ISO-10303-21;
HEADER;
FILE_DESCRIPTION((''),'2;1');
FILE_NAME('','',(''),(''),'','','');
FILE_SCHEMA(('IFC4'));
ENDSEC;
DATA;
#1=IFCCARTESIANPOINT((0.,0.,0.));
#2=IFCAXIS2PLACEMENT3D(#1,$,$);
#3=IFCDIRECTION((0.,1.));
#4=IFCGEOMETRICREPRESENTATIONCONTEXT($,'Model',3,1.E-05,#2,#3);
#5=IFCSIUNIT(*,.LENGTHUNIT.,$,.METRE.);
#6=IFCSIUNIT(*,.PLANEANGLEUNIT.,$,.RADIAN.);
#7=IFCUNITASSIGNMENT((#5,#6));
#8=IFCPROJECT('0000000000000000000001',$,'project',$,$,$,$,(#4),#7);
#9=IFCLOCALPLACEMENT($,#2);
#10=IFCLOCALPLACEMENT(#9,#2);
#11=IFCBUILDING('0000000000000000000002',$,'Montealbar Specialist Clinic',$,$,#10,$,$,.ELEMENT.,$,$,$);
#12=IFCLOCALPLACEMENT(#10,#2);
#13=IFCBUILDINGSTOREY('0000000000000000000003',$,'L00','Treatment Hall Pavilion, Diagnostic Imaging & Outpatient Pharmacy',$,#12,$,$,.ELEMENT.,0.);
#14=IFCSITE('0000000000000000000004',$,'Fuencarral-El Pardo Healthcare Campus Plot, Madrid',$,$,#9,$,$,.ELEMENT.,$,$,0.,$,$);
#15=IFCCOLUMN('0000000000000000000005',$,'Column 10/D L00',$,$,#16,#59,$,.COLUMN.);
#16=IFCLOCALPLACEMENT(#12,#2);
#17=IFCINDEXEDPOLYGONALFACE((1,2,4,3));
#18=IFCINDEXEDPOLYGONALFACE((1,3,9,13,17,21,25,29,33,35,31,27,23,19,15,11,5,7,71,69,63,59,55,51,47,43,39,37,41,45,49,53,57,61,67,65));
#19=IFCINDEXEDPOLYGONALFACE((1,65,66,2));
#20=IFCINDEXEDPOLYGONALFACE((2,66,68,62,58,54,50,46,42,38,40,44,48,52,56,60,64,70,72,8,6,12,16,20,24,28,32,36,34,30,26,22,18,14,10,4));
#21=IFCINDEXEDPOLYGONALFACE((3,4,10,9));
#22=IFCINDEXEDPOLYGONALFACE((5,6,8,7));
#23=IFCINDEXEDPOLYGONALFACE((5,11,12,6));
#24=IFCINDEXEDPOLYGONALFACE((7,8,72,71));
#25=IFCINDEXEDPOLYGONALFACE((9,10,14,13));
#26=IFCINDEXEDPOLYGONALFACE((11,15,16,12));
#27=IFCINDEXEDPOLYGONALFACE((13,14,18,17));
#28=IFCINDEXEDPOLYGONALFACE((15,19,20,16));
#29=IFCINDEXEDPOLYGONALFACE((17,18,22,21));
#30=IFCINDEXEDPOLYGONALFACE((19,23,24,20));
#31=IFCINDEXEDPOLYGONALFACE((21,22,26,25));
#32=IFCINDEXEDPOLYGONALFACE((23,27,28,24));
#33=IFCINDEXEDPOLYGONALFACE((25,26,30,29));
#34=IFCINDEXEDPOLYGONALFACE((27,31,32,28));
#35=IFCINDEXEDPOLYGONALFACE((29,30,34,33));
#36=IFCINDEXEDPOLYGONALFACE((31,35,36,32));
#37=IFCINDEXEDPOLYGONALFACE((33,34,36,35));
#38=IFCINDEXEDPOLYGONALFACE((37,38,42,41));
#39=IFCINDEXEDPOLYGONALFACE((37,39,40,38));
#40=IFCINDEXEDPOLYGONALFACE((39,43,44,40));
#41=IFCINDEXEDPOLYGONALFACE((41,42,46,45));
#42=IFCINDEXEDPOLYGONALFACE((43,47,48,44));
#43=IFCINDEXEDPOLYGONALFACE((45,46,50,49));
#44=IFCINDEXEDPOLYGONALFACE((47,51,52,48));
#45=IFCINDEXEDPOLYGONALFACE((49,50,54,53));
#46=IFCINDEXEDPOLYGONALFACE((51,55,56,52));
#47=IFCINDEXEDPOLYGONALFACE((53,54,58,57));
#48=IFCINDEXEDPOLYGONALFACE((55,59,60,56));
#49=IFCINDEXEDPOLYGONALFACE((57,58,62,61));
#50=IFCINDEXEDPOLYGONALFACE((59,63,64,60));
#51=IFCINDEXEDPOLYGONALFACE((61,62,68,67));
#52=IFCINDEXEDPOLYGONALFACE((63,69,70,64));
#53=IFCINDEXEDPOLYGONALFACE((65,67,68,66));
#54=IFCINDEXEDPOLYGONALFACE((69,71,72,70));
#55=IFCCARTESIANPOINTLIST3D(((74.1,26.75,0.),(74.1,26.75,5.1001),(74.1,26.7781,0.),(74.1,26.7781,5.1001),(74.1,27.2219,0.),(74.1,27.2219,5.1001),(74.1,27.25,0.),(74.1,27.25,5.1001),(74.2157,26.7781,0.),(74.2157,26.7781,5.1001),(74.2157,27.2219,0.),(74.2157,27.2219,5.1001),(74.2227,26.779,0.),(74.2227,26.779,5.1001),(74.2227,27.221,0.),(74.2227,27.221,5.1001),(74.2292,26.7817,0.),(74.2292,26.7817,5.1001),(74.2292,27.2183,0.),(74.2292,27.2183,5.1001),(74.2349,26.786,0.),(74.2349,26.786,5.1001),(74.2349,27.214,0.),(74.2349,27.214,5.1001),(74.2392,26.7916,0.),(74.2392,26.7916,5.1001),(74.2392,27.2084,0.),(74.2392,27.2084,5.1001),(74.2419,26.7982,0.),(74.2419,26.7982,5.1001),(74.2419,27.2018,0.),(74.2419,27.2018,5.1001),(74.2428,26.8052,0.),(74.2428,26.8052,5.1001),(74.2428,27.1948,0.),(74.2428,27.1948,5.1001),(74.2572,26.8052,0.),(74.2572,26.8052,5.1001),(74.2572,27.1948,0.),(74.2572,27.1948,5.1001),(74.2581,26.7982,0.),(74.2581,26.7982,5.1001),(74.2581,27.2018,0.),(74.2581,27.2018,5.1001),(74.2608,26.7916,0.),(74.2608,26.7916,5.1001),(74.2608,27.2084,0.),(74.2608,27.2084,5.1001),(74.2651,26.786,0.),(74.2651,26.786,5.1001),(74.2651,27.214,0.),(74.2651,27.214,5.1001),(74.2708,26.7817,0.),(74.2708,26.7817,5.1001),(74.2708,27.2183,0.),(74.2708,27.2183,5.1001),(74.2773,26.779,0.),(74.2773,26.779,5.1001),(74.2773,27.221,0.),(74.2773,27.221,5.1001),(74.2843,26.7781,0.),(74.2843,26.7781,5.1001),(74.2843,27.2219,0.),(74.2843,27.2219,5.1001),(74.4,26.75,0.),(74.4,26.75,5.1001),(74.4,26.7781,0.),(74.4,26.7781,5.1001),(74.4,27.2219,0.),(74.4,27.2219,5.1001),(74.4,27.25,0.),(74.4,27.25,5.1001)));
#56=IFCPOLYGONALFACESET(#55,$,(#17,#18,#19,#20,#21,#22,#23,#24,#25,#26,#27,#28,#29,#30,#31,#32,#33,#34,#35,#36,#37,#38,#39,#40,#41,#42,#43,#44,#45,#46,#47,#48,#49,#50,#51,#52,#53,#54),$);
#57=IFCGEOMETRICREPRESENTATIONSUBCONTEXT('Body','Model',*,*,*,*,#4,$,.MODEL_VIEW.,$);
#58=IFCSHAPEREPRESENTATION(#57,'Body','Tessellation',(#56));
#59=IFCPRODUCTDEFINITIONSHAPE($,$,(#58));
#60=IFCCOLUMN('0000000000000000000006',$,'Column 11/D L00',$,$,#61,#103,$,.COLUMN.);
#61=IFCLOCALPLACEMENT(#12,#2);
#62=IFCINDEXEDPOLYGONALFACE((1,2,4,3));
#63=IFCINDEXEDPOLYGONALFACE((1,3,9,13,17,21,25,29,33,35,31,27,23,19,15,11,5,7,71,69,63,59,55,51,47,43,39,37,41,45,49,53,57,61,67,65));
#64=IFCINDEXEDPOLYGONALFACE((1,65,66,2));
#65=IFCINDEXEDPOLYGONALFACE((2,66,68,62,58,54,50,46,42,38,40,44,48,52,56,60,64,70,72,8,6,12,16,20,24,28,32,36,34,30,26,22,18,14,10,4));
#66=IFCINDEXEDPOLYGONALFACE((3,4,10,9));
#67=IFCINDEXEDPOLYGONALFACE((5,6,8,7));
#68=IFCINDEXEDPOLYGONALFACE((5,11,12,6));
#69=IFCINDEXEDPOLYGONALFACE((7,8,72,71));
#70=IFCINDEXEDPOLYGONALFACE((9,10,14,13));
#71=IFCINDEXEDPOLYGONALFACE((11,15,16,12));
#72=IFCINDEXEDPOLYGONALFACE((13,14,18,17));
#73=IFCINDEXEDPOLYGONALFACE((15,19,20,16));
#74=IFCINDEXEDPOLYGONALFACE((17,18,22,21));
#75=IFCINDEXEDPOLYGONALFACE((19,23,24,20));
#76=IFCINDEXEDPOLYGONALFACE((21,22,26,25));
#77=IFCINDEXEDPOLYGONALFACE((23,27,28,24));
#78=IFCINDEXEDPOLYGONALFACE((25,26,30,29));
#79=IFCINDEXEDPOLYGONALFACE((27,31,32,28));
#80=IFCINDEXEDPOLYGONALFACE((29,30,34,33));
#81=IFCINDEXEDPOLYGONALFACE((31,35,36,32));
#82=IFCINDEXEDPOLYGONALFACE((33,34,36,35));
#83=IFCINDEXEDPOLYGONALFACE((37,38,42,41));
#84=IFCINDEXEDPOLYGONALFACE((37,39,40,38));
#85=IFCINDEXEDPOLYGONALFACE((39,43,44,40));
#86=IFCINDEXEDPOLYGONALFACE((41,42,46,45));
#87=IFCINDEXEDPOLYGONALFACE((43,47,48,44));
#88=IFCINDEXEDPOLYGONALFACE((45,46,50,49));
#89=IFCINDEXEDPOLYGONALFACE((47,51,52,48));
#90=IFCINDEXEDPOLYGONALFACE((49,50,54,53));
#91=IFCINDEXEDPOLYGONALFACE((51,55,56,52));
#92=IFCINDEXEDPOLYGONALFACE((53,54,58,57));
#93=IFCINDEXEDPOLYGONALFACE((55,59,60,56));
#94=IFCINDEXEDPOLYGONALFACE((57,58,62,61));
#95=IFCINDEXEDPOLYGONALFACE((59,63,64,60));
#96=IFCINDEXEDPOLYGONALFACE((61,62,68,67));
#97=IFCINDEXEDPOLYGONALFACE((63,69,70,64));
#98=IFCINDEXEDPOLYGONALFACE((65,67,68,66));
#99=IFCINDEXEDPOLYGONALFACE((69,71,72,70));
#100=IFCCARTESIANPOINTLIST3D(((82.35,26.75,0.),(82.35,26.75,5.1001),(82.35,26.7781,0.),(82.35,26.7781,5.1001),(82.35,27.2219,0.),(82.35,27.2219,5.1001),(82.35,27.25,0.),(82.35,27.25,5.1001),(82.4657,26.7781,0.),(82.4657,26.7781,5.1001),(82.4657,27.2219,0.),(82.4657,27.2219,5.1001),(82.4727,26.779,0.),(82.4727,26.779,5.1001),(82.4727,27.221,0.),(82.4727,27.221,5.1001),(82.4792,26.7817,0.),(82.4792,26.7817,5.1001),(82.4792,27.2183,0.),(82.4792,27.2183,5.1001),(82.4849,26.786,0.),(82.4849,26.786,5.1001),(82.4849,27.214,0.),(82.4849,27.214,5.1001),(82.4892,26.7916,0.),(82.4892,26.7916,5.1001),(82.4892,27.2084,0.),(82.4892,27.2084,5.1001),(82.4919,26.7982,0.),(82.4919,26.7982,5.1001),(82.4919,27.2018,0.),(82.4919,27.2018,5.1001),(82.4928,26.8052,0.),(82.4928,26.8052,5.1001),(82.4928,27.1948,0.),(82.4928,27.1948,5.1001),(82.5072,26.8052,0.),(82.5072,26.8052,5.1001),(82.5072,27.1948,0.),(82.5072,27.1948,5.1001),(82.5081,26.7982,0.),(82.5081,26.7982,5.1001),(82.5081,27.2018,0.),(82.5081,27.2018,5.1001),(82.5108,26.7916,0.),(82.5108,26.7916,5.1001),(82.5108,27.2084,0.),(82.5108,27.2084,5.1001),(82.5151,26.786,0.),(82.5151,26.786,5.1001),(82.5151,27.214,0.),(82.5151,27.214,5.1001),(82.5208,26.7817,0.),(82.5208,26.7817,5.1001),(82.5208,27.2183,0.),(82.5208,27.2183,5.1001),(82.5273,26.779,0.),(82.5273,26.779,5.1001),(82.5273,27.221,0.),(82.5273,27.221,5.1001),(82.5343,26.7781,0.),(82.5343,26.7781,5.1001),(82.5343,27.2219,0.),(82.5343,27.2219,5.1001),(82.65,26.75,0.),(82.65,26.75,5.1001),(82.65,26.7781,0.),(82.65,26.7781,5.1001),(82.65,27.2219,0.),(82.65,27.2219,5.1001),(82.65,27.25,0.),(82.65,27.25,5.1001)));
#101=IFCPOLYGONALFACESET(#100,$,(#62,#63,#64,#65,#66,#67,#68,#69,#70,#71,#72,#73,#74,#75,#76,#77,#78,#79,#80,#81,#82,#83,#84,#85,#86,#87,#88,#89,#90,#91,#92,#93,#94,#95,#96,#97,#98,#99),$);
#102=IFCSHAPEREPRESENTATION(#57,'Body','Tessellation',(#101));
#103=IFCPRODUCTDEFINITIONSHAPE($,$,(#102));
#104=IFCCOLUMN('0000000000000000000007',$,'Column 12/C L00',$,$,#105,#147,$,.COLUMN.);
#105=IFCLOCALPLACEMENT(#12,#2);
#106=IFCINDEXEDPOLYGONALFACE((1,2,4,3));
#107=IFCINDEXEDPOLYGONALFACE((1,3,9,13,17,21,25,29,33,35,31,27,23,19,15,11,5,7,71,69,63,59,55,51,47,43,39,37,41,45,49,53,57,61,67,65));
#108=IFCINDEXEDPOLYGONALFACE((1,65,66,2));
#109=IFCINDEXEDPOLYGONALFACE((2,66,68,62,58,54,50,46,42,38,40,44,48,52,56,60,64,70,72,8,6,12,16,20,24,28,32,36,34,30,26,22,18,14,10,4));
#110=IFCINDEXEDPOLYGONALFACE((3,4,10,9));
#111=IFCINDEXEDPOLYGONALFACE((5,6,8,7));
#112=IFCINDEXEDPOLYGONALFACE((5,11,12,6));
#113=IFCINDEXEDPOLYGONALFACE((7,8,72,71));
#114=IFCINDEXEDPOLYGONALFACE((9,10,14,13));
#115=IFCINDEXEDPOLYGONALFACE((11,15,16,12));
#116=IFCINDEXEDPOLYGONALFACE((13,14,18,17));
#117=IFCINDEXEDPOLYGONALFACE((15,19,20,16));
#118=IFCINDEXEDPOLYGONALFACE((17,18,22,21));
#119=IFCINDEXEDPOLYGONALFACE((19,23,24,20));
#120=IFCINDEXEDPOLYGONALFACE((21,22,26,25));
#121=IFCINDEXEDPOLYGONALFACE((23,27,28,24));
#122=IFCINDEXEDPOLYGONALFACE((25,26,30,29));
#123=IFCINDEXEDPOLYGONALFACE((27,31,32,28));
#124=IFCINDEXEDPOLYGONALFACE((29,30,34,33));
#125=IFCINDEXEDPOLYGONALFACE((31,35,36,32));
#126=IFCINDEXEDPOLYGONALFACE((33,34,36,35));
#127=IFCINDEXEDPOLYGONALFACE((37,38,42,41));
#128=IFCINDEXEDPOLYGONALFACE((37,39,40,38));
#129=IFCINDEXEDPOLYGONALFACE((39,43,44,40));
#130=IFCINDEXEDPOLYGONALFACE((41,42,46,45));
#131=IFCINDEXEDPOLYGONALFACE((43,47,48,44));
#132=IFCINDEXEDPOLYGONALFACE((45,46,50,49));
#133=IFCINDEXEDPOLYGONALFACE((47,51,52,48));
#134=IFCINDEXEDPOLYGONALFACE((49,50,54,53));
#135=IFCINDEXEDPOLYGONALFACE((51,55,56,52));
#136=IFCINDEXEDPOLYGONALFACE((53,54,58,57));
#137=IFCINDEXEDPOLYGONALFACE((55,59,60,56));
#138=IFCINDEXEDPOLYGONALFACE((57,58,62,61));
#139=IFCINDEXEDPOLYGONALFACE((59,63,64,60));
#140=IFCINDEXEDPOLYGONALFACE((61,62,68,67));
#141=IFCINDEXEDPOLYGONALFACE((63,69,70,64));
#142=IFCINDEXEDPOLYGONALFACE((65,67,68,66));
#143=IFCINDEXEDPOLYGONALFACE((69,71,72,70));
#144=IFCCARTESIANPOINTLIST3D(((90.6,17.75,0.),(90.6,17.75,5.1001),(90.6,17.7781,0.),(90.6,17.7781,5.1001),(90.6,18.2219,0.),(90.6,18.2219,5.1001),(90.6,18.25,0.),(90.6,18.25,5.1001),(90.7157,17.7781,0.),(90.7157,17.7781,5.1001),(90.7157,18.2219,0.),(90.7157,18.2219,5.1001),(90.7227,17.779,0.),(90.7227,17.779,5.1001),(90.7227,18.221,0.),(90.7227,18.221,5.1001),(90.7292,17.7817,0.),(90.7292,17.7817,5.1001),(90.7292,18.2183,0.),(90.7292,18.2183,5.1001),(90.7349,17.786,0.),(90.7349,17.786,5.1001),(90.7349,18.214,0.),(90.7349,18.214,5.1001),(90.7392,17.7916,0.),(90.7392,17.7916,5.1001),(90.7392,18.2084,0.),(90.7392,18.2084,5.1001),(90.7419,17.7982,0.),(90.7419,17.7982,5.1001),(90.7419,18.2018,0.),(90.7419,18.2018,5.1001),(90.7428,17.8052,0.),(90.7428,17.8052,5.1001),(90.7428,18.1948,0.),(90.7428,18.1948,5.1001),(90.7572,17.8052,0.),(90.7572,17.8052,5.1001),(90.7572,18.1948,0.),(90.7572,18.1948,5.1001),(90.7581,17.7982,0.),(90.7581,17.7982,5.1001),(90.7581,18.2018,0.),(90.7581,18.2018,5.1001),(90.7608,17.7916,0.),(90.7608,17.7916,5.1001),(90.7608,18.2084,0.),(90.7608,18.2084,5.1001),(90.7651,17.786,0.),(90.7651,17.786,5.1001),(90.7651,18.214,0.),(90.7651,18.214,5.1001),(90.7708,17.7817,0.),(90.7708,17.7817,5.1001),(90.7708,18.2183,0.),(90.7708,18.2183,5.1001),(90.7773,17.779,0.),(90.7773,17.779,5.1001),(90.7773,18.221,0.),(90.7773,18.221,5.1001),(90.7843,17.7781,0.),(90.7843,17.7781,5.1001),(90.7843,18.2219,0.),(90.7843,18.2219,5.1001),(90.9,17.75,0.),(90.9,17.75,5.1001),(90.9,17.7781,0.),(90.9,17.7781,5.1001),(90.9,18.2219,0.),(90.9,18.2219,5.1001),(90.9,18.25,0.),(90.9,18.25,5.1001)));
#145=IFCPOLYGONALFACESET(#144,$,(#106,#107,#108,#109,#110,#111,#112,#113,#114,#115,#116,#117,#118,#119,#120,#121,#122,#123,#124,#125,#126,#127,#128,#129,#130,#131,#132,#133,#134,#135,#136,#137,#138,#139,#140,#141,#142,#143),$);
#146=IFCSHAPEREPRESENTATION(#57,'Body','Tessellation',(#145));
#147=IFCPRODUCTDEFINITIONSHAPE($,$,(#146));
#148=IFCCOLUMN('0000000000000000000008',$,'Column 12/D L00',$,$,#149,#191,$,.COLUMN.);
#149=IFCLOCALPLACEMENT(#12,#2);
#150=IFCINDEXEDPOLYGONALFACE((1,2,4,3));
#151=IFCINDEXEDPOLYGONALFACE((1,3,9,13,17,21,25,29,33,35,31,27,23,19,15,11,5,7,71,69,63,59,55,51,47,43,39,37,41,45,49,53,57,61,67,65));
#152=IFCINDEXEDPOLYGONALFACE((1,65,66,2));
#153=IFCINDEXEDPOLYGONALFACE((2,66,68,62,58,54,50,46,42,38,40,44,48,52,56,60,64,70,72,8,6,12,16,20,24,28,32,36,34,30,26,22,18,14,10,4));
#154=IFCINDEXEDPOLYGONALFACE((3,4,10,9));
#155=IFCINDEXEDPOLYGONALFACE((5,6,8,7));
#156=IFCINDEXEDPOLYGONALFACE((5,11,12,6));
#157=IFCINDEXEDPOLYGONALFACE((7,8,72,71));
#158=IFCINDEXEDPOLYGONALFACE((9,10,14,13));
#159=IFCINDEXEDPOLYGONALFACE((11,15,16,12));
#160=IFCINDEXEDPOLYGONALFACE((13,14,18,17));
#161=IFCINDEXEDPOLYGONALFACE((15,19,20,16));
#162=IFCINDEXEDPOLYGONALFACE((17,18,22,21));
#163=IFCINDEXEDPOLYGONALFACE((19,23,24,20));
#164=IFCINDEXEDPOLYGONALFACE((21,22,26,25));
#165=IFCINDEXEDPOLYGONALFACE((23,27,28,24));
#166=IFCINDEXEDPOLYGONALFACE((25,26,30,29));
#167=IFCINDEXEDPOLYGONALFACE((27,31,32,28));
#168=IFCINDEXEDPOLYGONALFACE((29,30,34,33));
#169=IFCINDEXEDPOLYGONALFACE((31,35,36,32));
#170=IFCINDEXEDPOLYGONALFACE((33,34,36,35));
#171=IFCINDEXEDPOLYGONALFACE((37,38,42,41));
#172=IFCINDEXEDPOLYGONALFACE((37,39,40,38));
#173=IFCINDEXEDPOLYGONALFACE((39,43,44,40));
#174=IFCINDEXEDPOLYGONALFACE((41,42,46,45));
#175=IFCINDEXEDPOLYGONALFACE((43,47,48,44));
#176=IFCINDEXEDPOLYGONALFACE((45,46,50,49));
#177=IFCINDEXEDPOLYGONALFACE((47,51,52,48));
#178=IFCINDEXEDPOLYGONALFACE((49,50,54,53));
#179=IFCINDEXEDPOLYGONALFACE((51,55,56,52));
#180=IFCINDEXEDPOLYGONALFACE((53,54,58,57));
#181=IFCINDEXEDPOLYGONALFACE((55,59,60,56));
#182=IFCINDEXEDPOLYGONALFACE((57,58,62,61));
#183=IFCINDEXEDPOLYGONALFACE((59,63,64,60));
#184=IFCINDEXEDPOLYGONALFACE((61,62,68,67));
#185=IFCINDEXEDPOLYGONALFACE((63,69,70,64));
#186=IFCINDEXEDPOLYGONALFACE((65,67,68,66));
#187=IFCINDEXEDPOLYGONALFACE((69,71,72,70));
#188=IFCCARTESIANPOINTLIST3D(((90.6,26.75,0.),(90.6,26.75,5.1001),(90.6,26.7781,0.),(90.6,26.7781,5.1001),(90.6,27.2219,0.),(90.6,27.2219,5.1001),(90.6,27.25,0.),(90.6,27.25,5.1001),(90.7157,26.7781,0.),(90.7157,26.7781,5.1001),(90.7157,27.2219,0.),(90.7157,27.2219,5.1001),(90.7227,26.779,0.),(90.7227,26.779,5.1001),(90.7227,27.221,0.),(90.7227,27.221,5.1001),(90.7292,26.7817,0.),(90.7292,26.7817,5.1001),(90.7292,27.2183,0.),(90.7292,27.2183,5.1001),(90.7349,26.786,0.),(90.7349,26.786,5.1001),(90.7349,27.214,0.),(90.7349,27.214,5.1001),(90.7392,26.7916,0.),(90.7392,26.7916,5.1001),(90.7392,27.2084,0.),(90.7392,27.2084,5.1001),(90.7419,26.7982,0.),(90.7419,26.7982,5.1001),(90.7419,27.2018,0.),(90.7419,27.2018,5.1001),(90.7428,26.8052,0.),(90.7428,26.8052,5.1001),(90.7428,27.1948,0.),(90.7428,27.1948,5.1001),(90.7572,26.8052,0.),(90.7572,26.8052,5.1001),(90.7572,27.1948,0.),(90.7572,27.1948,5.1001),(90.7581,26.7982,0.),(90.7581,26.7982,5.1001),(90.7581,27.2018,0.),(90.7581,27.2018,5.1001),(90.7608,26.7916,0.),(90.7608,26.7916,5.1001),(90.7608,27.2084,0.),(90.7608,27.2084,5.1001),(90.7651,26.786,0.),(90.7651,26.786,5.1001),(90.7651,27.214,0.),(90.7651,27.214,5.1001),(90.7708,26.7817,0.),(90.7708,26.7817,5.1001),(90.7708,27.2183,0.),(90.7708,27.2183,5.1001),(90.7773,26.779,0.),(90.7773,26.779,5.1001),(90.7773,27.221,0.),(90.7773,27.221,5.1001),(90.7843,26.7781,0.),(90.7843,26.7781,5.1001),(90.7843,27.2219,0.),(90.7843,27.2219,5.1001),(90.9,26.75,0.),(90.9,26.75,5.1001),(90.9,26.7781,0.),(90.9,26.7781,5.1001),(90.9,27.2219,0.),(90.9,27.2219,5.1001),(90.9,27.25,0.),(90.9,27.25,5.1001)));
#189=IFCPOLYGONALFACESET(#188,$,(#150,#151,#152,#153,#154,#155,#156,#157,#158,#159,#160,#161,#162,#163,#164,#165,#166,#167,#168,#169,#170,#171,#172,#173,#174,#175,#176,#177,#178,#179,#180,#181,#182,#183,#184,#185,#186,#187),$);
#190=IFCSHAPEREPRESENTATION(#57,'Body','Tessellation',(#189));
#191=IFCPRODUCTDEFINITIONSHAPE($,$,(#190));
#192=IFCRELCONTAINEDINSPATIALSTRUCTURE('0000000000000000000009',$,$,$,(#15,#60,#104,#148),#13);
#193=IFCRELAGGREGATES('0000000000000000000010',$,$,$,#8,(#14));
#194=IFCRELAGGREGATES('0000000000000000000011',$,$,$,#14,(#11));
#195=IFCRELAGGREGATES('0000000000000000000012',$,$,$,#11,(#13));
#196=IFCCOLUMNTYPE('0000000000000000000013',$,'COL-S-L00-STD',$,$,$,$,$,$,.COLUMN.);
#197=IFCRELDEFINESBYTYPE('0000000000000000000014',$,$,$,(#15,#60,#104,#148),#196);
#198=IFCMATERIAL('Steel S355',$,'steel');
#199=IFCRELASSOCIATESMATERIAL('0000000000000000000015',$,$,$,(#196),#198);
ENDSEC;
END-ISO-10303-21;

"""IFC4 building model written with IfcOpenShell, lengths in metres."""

from ifc_helpers import new_model, si_unit, direction, frame, origin, origin_2d, place, context, subcontext, project, spatial, i_section, extrude, material, material_profile, profile_set, type_object, element, save


model = new_model("IFC4")

# Units and contexts
model_context = context("Model", 3, precision=1e-05, world=origin(), true_north=direction((0.0, 1.0)))
body_context = subcontext(model_context, "Body", "Model", "MODEL_VIEW")
ifc_project = project(units=[si_unit("LENGTHUNIT", "METRE"), si_unit("PLANEANGLEUNIT", "RADIAN")], contexts=[model_context])

# Site, building, storey
site_placement = place(None, origin())
site = spatial("IfcSite", under=ifc_project, at=site_placement, Name="Fuencarral-El Pardo Healthcare Campus Plot, Madrid", CompositionType="ELEMENT", RefElevation=0.0)
building_placement = place(site_placement, origin())
building = spatial("IfcBuilding", under=site, at=building_placement, Name="Montealbar Specialist Clinic", CompositionType="ELEMENT")
storey_placement = place(building_placement, origin())
storey = spatial("IfcBuildingStorey", under=building, at=storey_placement, Name="L00", Description="Treatment Hall Pavilion, Diagnostic Imaging & Outpatient Pharmacy", CompositionType="ELEMENT", Elevation=0.0)

# Columns
ifc_material_1 = material(Name="Steel S355", Category="steel")
ifc_material_profile_1 = material_profile(ifc_material_1, i_section(OverallWidth=0.3, OverallDepth=0.5, WebThickness=0.0144, FlangeThickness=0.0281, FilletRadius=0.0271, at=origin_2d()), Name="HEB 500", Category="steel")
ifc_profile_set_1 = profile_set([ifc_material_profile_1], Name="Steel S355")
column_type = type_object("IfcColumnType", Name="COL-S-L00-STD", PredefinedType="COLUMN", material=ifc_profile_set_1)
for number, where, z_axis, x_axis, name in (
    (1, (74.25, 27.0, 0.0), (0.0, 0.0, 1.0), (1.0, 0.0, 0.0), "Column 10/D L00"),
    (2, (82.5, 27.0, 0.0), (0.0, 0.0, 1.0), (1.0, 0.0, 0.0), "Column 11/D L00"),
    (3, (90.75, 18.0, 0.0), (0.0, 0.0, 1.0), (1.0, 0.0, 0.0), "Column 12/C L00"),
    (4, (90.75, 27.0, 0.0), (0.0, 0.0, 1.0), (1.0, 0.0, 0.0), "Column 12/D L00"),
):
    element("IfcColumn", number, at=place(storey_placement, frame(where, z_axis=z_axis, x_axis=x_axis)), inside=storey, type_object=column_type, Name=name, PredefinedType="COLUMN", context=body_context, shape_type="SweptSolid", body=[
        extrude(i_section(OverallWidth=0.3, OverallDepth=0.5, WebThickness=0.0144, FlangeThickness=0.0281, FilletRadius=0.0271, at=origin_2d()), origin(), (0.0, 0.0, 1.0), 5.1001),
    ])

save(model, "model.ifc")
